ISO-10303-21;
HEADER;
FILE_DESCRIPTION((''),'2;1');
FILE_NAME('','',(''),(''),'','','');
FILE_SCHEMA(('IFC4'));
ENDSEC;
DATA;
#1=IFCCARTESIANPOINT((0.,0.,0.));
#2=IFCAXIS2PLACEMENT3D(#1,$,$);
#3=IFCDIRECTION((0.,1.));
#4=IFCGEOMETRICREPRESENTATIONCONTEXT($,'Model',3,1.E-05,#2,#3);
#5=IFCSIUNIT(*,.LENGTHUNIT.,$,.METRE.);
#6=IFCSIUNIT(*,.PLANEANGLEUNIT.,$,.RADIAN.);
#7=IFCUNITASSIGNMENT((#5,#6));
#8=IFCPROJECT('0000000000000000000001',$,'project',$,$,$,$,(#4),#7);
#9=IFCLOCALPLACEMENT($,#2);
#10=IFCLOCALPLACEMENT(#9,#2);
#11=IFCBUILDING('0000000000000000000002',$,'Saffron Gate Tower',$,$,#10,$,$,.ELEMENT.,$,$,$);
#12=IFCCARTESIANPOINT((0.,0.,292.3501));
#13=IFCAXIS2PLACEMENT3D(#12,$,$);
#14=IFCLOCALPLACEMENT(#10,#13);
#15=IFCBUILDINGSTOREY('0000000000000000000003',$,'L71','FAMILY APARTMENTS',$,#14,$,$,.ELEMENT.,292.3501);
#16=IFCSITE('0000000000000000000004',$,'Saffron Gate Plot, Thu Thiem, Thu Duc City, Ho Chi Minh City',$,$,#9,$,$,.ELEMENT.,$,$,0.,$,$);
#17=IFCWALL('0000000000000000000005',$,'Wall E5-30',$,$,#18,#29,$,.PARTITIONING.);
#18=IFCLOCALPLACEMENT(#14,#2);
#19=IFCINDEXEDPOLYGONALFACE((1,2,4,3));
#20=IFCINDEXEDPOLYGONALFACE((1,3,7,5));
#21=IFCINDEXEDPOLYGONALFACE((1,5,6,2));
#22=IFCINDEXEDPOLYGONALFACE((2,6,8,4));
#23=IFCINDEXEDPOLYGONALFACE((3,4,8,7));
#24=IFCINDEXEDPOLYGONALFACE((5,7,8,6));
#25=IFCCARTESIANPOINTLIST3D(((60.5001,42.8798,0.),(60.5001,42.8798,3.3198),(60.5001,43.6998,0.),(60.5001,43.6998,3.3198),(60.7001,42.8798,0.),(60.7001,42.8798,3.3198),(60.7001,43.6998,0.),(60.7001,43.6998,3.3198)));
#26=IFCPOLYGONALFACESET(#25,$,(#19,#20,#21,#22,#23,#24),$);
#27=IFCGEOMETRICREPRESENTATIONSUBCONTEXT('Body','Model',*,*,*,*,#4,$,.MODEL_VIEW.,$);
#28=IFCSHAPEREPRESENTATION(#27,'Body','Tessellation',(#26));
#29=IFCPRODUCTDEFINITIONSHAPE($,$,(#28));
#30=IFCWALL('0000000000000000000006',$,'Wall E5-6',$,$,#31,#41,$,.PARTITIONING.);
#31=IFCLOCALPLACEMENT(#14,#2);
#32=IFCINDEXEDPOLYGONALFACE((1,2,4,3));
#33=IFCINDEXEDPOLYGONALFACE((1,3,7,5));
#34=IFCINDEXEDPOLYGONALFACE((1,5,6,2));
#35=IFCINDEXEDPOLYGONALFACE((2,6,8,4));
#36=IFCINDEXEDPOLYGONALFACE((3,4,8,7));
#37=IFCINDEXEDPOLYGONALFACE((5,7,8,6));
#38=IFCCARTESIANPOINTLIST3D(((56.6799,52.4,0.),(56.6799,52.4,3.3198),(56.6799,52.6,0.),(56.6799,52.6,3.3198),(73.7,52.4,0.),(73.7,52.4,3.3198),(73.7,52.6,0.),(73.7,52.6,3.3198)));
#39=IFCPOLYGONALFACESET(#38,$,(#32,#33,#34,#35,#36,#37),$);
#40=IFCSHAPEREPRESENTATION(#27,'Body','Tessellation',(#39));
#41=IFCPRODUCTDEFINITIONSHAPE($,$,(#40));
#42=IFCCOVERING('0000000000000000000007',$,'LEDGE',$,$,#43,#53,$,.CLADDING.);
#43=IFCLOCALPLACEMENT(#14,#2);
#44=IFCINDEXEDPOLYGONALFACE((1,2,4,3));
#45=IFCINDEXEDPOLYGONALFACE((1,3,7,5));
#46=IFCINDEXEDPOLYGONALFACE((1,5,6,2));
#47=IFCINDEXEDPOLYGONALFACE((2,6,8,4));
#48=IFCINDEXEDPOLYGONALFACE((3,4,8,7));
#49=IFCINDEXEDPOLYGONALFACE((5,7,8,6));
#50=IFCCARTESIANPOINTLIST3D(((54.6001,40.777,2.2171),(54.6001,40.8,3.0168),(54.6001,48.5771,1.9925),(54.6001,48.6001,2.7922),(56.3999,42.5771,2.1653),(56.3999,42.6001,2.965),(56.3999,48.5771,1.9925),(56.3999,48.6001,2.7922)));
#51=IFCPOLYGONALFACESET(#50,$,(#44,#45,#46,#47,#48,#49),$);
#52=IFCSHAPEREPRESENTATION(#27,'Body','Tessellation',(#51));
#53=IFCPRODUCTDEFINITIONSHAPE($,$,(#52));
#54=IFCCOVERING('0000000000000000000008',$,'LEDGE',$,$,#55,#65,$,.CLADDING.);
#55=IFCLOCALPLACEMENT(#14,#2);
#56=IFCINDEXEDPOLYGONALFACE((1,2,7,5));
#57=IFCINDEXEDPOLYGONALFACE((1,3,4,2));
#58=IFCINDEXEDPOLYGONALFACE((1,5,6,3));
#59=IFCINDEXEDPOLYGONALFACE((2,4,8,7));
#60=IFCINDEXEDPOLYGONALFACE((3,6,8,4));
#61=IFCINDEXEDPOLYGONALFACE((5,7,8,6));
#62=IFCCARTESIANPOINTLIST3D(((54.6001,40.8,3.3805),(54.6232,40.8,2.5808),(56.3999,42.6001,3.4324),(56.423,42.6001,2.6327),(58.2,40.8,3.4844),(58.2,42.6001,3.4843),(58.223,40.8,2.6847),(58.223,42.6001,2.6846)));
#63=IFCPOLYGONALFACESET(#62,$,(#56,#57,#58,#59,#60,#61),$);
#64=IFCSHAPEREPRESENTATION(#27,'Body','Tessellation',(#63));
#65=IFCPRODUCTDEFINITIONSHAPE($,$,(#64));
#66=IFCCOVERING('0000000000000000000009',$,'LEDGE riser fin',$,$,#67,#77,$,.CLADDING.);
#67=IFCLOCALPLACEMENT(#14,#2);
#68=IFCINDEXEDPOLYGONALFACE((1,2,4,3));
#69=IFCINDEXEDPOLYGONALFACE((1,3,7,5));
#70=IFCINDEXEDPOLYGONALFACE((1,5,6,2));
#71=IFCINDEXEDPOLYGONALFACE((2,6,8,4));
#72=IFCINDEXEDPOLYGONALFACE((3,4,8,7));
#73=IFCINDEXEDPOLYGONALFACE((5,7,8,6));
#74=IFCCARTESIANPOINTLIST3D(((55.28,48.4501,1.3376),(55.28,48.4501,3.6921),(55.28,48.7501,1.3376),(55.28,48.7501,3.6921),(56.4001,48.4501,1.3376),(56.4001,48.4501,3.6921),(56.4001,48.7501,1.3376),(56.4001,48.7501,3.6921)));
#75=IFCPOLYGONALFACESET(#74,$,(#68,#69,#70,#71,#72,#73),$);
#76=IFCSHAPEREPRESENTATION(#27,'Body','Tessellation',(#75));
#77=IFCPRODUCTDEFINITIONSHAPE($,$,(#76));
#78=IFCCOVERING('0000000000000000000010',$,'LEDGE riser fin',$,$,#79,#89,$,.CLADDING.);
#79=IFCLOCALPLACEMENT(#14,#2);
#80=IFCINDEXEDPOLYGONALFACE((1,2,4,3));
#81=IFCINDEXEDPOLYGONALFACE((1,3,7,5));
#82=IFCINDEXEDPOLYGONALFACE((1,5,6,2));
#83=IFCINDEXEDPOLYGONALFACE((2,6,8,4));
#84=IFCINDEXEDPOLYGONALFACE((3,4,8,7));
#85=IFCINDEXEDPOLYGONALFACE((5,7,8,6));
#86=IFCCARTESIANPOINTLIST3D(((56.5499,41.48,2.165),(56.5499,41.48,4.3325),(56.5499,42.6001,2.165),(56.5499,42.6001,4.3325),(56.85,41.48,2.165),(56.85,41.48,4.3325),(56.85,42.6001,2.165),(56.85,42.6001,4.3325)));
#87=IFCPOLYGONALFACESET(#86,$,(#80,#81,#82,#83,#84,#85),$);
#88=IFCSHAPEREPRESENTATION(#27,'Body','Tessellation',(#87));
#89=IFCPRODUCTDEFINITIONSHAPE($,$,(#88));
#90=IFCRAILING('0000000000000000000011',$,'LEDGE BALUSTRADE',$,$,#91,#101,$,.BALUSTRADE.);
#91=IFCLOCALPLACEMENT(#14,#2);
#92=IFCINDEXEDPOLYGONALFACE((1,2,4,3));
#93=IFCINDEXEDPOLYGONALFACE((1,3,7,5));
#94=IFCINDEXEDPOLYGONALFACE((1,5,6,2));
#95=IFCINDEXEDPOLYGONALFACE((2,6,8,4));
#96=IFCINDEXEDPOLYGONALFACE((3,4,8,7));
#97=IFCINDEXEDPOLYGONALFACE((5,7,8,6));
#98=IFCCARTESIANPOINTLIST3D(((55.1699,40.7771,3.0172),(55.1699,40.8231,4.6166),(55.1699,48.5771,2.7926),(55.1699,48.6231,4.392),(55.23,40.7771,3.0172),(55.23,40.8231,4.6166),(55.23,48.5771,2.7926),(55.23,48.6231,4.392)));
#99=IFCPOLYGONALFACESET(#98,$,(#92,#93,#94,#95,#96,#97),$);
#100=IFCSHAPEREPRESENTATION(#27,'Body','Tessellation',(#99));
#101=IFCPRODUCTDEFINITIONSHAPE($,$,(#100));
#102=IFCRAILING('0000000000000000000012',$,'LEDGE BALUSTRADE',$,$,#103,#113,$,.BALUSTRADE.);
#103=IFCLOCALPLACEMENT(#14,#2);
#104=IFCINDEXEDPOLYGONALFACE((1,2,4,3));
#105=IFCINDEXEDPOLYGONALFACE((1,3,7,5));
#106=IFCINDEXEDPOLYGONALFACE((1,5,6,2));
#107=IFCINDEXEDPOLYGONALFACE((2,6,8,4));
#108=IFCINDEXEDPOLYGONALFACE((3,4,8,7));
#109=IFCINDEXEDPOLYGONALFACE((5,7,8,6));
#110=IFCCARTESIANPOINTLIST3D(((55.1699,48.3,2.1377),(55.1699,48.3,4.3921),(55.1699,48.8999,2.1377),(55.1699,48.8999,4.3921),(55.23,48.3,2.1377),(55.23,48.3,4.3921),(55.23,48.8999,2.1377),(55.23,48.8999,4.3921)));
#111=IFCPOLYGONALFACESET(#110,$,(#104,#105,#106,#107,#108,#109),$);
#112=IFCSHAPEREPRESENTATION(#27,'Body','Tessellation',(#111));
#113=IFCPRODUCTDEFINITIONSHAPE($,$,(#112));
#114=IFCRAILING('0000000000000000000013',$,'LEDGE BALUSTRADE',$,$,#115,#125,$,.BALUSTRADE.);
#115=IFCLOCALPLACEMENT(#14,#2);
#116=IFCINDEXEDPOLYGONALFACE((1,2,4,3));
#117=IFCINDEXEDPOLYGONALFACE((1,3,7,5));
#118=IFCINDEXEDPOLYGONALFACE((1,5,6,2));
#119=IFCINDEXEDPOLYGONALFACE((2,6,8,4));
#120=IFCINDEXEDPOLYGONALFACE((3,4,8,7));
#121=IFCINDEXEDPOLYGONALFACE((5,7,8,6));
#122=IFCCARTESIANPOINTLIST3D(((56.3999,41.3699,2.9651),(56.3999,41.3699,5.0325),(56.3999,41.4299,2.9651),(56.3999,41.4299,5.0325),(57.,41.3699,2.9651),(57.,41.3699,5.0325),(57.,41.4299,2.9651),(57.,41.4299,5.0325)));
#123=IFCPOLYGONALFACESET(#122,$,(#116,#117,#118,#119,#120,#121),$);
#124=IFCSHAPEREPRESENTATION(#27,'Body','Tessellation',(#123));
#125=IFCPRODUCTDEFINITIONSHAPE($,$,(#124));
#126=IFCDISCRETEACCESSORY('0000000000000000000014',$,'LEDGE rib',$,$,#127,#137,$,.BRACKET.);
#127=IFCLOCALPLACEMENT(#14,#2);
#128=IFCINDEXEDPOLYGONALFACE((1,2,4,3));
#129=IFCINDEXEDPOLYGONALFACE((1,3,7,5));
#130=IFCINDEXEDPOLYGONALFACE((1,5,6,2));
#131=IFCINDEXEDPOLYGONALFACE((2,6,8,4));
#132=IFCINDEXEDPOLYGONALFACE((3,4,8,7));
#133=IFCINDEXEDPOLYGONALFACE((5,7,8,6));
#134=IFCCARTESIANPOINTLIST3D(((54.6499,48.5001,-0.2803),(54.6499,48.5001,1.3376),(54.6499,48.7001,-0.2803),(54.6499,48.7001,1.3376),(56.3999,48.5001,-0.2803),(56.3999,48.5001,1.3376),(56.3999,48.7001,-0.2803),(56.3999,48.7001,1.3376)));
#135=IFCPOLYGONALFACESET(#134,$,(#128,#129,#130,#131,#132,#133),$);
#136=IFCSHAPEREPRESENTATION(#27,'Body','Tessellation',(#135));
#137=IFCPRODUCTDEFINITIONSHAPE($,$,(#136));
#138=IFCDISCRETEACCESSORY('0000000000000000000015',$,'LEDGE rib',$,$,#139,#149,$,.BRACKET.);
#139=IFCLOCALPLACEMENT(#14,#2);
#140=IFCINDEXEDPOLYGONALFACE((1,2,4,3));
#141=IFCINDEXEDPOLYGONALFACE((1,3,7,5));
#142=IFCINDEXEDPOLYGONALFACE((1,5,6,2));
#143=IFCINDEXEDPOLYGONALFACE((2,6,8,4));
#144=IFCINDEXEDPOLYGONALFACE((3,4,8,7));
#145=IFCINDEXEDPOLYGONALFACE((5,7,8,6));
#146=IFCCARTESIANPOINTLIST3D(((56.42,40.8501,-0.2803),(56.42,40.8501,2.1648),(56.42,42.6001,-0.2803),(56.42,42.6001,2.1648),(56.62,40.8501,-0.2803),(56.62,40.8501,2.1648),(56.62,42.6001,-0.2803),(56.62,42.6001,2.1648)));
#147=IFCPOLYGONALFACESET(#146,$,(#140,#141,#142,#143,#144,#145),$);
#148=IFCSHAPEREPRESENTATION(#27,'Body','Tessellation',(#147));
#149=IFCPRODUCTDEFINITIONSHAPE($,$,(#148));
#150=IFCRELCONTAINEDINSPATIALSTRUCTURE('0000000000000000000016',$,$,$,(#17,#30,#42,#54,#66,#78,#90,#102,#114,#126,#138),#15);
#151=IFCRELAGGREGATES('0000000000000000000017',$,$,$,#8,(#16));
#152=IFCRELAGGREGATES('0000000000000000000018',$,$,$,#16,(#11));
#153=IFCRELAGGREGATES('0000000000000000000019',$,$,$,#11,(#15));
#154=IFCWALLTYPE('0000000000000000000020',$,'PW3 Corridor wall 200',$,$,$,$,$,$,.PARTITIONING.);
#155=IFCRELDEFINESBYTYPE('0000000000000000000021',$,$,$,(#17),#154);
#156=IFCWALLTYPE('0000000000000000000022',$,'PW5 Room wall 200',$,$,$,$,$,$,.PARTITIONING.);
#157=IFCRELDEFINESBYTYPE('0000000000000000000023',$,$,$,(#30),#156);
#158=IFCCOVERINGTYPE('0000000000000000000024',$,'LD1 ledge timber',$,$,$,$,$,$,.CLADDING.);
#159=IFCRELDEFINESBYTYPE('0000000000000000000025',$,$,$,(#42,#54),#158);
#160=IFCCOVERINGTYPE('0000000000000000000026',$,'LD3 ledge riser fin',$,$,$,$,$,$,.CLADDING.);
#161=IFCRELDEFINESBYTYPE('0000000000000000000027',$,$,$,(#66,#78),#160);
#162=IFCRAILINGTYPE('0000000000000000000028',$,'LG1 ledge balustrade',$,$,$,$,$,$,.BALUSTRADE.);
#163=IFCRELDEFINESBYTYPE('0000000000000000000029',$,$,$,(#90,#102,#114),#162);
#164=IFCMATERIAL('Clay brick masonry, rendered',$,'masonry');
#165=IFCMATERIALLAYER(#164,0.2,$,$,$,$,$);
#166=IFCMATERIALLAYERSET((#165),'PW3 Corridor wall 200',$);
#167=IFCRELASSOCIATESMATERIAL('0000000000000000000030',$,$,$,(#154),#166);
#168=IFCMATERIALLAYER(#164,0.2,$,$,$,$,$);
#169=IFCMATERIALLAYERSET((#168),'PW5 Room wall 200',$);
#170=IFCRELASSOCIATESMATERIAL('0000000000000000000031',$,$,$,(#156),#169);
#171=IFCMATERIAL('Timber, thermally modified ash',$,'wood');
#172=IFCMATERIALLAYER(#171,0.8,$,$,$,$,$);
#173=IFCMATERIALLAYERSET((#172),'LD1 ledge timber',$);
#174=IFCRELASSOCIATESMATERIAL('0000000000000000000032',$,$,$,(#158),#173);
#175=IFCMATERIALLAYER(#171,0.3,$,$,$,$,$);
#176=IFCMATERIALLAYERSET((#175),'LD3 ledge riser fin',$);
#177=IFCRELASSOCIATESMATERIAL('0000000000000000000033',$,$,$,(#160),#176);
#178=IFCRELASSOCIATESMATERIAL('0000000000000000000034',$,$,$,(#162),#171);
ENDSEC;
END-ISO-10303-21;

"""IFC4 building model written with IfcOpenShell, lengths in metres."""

from ifc_helpers import new_model, si_unit, direction, frame, frame_2d, origin, origin_2d, place, context, subcontext, project, spatial, polyline, rectangle, outline, extrude, material, layer, layer_set, type_object, element, save


model = new_model("IFC4")

# Units and contexts
model_context = context("Model", 3, precision=1e-05, world=origin(), true_north=direction((0.0, 1.0)))
body_context = subcontext(model_context, "Body", "Model", "MODEL_VIEW")
ifc_project = project(units=[si_unit("LENGTHUNIT", "METRE"), si_unit("PLANEANGLEUNIT", "RADIAN")], contexts=[model_context])

# Site, building, storey
site_placement = place(None, origin())
site = spatial("IfcSite", under=ifc_project, at=site_placement, Name="Saffron Gate Plot, Thu Thiem, Thu Duc City, Ho Chi Minh City", CompositionType="ELEMENT", RefElevation=0.0)
building_placement = place(site_placement, origin())
building = spatial("IfcBuilding", under=site, at=building_placement, Name="Saffron Gate Tower", CompositionType="ELEMENT")
storey_placement = place(building_placement, frame((0.0, 0.0, 292.3501)))
storey = spatial("IfcBuildingStorey", under=building, at=storey_placement, Name="L71", Description="FAMILY APARTMENTS", CompositionType="ELEMENT", Elevation=292.3501)

# Shared definitions
ifc_material_1 = material(Name="Clay brick masonry, rendered", Category="masonry")
ifc_layer_1 = layer(ifc_material_1, 0.2)
ifc_layer_set_1 = layer_set([ifc_layer_1], Name="PW3 Corridor wall 200")
wall_type_1 = type_object("IfcWallType", Name="PW3 Corridor wall 200", PredefinedType="PARTITIONING", material=ifc_layer_set_1)

# Walls
wall_1_placement = place(storey_placement, frame((60.6001, 43.7, 0.0), z_axis=(0.0, 0.0, 1.0), x_axis=(0.0, -1.0, 0.0)))
element("IfcWall", 1, at=wall_1_placement, inside=storey, type_object=wall_type_1, Name="Wall E5-30", PredefinedType="PARTITIONING", context=body_context, shape_type="SweptSolid", body=[
    extrude(rectangle(XDim=0.8201, YDim=0.2, at=frame_2d((0.4102, 0.0))), origin(), (0.0, 0.0, 1.0), 3.3198),
])
ifc_layer_2 = layer(ifc_material_1, 0.2)
ifc_layer_set_2 = layer_set([ifc_layer_2], Name="PW5 Room wall 200")
wall_type_2 = type_object("IfcWallType", Name="PW5 Room wall 200", PredefinedType="PARTITIONING", material=ifc_layer_set_2)
wall_2_placement = place(storey_placement, frame((56.6799, 52.5, 0.0), z_axis=(0.0, 0.0, 1.0), x_axis=(1.0, 0.0, 0.0)))
element("IfcWall", 2, at=wall_2_placement, inside=storey, type_object=wall_type_2, Name="Wall E5-6", PredefinedType="PARTITIONING", context=body_context, shape_type="SweptSolid", body=[
    extrude(rectangle(XDim=17.02, YDim=0.2, at=frame_2d((8.51, 0.0))), origin(), (0.0, 0.0, 1.0), 3.3198),
])

# Coverings
ifc_material_2 = material(Name="Timber, thermally modified ash", Category="wood")
ifc_layer_3 = layer(ifc_material_2, 0.8)
ifc_layer_set_3 = layer_set([ifc_layer_3], Name="LD1 ledge timber")
covering_type_1 = type_object("IfcCoveringType", Name="LD1 ledge timber", PredefinedType="CLADDING", material=ifc_layer_set_3)
covering_1_placement = place(storey_placement, frame((56.3999, 48.6001, 2.7922), z_axis=(-0.000024, 0.028789, 0.999585), x_axis=(0.0, -0.999585, 0.028789)))
element("IfcCovering", 3, at=covering_1_placement, inside=storey, type_object=covering_type_1, Name="LEDGE", PredefinedType="CLADDING", context=body_context, shape_type="SweptSolid", body=[
    extrude(outline(polyline([(0.0, 0.0), (6.0025, 0.0), (7.8033, -1.7998), (0.0, -1.7998), (0.0, 0.0)])), origin(), (0.0, 0.0, -1.0), 0.8),
])
covering_2_placement = place(storey_placement, frame((56.3999, 42.6001, 3.4324), z_axis=(-0.028833, 0.000044, 0.999584), x_axis=(0.999584, 0.0, 0.028833)))
element("IfcCovering", 4, at=covering_2_placement, inside=storey, type_object=covering_type_1, Name="LEDGE", PredefinedType="CLADDING", context=body_context, shape_type="SweptSolid", body=[
    extrude(outline(polyline([(0.0, 0.0), (1.8008, 0.0), (1.8008, -1.8), (-1.8005, -1.8), (0.0, 0.0)])), origin(), (0.0, 0.0, -1.0), 0.8),
])
ifc_layer_4 = layer(ifc_material_2, 0.3)
ifc_layer_set_4 = layer_set([ifc_layer_4], Name="LD3 ledge riser fin")
covering_type_2 = type_object("IfcCoveringType", Name="LD3 ledge riser fin", PredefinedType="CLADDING", material=ifc_layer_set_4)
covering_3_placement = place(storey_placement, frame((55.8401, 48.6001, 1.3376), z_axis=(0.0, 0.0, 1.0), x_axis=(0.0, -1.0, 0.0)))
element("IfcCovering", 5, at=covering_3_placement, inside=storey, type_object=covering_type_2, Name="LEDGE riser fin", PredefinedType="CLADDING", context=body_context, shape_type="SweptSolid", body=[
    extrude(rectangle(XDim=0.3, YDim=1.1201, at=origin_2d()), origin(), (0.0, 0.0, 1.0), 2.3545),
])
covering_4_placement = place(storey_placement, frame((56.7, 42.04, 2.165), z_axis=(0.0, 0.0, 1.0), x_axis=(1.0, 0.0, 0.0)))
element("IfcCovering", 6, at=covering_4_placement, inside=storey, type_object=covering_type_2, Name="LEDGE riser fin", PredefinedType="CLADDING", context=body_context, shape_type="SweptSolid", body=[
    extrude(rectangle(XDim=0.3, YDim=1.1201, at=origin_2d()), origin(), (0.0, 0.0, 1.0), 2.1675),
])

# Railings
railing_type = type_object("IfcRailingType", Name="LG1 ledge balustrade", PredefinedType="BALUSTRADE", material=ifc_material_2)
railing_1_placement = place(storey_placement, frame((55.2, 48.6001, 2.7922)))
element("IfcRailing", 7, at=railing_1_placement, inside=storey, type_object=railing_type, Name="LEDGE BALUSTRADE", PredefinedType="BALUSTRADE", context=body_context, shape_type="SweptSolid", body=[
    extrude(rectangle(XDim=0.0601, YDim=1.6001, at=origin_2d()), frame((0.0, 0.0, 0.8), z_axis=(0.0, -0.999586, 0.028784), x_axis=(1.0, 0.0, 0.0)), (0.0, 0.0, 1.0), 7.8032),
])
railing_2_placement = place(storey_placement, frame((55.2, 48.8999, 2.1377)))
element("IfcRailing", 8, at=railing_2_placement, inside=storey, type_object=railing_type, Name="LEDGE BALUSTRADE", PredefinedType="BALUSTRADE", context=body_context, shape_type="SweptSolid", body=[
    extrude(rectangle(XDim=0.0601, YDim=2.2544, at=origin_2d()), frame((0.0, 0.0, 1.1272), z_axis=(0.0, -1.0, 0.0), x_axis=(1.0, 0.0, 0.0)), (0.0, 0.0, 1.0), 0.5999),
])
railing_3_placement = place(storey_placement, frame((56.3999, 41.3999, 2.9651)))
element("IfcRailing", 9, at=railing_3_placement, inside=storey, type_object=railing_type, Name="LEDGE BALUSTRADE", PredefinedType="BALUSTRADE", context=body_context, shape_type="SweptSolid", body=[
    extrude(rectangle(XDim=0.0601, YDim=2.0674, at=origin_2d()), frame((0.0, 0.0, 1.0337), z_axis=(1.0, 0.0, 0.0), x_axis=(0.0, 1.0, 0.0)), (0.0, 0.0, 1.0), 0.6001),
])

# Discrete accessories
discrete_accessory_1_placement = place(storey_placement, frame((55.5249, 48.6001, -0.2803), z_axis=(0.0, 0.0, 1.0), x_axis=(0.0, -1.0, 0.0)))
element("IfcDiscreteAccessory", 10, at=discrete_accessory_1_placement, inside=storey, Name="LEDGE rib", PredefinedType="BRACKET", context=body_context, shape_type="SweptSolid", body=[
    extrude(rectangle(XDim=0.2, YDim=1.75, at=origin_2d()), origin(), (0.0, 0.0, 1.0), 1.6179),
])
discrete_accessory_2_placement = place(storey_placement, frame((56.52, 41.7251, -0.2803), z_axis=(0.0, 0.0, 1.0), x_axis=(1.0, 0.0, 0.0)))
element("IfcDiscreteAccessory", 11, at=discrete_accessory_2_placement, inside=storey, Name="LEDGE rib", PredefinedType="BRACKET", context=body_context, shape_type="SweptSolid", body=[
    extrude(rectangle(XDim=0.2, YDim=1.75, at=origin_2d()), origin(), (0.0, 0.0, 1.0), 2.4451),
])

save(model, "model.ifc")
